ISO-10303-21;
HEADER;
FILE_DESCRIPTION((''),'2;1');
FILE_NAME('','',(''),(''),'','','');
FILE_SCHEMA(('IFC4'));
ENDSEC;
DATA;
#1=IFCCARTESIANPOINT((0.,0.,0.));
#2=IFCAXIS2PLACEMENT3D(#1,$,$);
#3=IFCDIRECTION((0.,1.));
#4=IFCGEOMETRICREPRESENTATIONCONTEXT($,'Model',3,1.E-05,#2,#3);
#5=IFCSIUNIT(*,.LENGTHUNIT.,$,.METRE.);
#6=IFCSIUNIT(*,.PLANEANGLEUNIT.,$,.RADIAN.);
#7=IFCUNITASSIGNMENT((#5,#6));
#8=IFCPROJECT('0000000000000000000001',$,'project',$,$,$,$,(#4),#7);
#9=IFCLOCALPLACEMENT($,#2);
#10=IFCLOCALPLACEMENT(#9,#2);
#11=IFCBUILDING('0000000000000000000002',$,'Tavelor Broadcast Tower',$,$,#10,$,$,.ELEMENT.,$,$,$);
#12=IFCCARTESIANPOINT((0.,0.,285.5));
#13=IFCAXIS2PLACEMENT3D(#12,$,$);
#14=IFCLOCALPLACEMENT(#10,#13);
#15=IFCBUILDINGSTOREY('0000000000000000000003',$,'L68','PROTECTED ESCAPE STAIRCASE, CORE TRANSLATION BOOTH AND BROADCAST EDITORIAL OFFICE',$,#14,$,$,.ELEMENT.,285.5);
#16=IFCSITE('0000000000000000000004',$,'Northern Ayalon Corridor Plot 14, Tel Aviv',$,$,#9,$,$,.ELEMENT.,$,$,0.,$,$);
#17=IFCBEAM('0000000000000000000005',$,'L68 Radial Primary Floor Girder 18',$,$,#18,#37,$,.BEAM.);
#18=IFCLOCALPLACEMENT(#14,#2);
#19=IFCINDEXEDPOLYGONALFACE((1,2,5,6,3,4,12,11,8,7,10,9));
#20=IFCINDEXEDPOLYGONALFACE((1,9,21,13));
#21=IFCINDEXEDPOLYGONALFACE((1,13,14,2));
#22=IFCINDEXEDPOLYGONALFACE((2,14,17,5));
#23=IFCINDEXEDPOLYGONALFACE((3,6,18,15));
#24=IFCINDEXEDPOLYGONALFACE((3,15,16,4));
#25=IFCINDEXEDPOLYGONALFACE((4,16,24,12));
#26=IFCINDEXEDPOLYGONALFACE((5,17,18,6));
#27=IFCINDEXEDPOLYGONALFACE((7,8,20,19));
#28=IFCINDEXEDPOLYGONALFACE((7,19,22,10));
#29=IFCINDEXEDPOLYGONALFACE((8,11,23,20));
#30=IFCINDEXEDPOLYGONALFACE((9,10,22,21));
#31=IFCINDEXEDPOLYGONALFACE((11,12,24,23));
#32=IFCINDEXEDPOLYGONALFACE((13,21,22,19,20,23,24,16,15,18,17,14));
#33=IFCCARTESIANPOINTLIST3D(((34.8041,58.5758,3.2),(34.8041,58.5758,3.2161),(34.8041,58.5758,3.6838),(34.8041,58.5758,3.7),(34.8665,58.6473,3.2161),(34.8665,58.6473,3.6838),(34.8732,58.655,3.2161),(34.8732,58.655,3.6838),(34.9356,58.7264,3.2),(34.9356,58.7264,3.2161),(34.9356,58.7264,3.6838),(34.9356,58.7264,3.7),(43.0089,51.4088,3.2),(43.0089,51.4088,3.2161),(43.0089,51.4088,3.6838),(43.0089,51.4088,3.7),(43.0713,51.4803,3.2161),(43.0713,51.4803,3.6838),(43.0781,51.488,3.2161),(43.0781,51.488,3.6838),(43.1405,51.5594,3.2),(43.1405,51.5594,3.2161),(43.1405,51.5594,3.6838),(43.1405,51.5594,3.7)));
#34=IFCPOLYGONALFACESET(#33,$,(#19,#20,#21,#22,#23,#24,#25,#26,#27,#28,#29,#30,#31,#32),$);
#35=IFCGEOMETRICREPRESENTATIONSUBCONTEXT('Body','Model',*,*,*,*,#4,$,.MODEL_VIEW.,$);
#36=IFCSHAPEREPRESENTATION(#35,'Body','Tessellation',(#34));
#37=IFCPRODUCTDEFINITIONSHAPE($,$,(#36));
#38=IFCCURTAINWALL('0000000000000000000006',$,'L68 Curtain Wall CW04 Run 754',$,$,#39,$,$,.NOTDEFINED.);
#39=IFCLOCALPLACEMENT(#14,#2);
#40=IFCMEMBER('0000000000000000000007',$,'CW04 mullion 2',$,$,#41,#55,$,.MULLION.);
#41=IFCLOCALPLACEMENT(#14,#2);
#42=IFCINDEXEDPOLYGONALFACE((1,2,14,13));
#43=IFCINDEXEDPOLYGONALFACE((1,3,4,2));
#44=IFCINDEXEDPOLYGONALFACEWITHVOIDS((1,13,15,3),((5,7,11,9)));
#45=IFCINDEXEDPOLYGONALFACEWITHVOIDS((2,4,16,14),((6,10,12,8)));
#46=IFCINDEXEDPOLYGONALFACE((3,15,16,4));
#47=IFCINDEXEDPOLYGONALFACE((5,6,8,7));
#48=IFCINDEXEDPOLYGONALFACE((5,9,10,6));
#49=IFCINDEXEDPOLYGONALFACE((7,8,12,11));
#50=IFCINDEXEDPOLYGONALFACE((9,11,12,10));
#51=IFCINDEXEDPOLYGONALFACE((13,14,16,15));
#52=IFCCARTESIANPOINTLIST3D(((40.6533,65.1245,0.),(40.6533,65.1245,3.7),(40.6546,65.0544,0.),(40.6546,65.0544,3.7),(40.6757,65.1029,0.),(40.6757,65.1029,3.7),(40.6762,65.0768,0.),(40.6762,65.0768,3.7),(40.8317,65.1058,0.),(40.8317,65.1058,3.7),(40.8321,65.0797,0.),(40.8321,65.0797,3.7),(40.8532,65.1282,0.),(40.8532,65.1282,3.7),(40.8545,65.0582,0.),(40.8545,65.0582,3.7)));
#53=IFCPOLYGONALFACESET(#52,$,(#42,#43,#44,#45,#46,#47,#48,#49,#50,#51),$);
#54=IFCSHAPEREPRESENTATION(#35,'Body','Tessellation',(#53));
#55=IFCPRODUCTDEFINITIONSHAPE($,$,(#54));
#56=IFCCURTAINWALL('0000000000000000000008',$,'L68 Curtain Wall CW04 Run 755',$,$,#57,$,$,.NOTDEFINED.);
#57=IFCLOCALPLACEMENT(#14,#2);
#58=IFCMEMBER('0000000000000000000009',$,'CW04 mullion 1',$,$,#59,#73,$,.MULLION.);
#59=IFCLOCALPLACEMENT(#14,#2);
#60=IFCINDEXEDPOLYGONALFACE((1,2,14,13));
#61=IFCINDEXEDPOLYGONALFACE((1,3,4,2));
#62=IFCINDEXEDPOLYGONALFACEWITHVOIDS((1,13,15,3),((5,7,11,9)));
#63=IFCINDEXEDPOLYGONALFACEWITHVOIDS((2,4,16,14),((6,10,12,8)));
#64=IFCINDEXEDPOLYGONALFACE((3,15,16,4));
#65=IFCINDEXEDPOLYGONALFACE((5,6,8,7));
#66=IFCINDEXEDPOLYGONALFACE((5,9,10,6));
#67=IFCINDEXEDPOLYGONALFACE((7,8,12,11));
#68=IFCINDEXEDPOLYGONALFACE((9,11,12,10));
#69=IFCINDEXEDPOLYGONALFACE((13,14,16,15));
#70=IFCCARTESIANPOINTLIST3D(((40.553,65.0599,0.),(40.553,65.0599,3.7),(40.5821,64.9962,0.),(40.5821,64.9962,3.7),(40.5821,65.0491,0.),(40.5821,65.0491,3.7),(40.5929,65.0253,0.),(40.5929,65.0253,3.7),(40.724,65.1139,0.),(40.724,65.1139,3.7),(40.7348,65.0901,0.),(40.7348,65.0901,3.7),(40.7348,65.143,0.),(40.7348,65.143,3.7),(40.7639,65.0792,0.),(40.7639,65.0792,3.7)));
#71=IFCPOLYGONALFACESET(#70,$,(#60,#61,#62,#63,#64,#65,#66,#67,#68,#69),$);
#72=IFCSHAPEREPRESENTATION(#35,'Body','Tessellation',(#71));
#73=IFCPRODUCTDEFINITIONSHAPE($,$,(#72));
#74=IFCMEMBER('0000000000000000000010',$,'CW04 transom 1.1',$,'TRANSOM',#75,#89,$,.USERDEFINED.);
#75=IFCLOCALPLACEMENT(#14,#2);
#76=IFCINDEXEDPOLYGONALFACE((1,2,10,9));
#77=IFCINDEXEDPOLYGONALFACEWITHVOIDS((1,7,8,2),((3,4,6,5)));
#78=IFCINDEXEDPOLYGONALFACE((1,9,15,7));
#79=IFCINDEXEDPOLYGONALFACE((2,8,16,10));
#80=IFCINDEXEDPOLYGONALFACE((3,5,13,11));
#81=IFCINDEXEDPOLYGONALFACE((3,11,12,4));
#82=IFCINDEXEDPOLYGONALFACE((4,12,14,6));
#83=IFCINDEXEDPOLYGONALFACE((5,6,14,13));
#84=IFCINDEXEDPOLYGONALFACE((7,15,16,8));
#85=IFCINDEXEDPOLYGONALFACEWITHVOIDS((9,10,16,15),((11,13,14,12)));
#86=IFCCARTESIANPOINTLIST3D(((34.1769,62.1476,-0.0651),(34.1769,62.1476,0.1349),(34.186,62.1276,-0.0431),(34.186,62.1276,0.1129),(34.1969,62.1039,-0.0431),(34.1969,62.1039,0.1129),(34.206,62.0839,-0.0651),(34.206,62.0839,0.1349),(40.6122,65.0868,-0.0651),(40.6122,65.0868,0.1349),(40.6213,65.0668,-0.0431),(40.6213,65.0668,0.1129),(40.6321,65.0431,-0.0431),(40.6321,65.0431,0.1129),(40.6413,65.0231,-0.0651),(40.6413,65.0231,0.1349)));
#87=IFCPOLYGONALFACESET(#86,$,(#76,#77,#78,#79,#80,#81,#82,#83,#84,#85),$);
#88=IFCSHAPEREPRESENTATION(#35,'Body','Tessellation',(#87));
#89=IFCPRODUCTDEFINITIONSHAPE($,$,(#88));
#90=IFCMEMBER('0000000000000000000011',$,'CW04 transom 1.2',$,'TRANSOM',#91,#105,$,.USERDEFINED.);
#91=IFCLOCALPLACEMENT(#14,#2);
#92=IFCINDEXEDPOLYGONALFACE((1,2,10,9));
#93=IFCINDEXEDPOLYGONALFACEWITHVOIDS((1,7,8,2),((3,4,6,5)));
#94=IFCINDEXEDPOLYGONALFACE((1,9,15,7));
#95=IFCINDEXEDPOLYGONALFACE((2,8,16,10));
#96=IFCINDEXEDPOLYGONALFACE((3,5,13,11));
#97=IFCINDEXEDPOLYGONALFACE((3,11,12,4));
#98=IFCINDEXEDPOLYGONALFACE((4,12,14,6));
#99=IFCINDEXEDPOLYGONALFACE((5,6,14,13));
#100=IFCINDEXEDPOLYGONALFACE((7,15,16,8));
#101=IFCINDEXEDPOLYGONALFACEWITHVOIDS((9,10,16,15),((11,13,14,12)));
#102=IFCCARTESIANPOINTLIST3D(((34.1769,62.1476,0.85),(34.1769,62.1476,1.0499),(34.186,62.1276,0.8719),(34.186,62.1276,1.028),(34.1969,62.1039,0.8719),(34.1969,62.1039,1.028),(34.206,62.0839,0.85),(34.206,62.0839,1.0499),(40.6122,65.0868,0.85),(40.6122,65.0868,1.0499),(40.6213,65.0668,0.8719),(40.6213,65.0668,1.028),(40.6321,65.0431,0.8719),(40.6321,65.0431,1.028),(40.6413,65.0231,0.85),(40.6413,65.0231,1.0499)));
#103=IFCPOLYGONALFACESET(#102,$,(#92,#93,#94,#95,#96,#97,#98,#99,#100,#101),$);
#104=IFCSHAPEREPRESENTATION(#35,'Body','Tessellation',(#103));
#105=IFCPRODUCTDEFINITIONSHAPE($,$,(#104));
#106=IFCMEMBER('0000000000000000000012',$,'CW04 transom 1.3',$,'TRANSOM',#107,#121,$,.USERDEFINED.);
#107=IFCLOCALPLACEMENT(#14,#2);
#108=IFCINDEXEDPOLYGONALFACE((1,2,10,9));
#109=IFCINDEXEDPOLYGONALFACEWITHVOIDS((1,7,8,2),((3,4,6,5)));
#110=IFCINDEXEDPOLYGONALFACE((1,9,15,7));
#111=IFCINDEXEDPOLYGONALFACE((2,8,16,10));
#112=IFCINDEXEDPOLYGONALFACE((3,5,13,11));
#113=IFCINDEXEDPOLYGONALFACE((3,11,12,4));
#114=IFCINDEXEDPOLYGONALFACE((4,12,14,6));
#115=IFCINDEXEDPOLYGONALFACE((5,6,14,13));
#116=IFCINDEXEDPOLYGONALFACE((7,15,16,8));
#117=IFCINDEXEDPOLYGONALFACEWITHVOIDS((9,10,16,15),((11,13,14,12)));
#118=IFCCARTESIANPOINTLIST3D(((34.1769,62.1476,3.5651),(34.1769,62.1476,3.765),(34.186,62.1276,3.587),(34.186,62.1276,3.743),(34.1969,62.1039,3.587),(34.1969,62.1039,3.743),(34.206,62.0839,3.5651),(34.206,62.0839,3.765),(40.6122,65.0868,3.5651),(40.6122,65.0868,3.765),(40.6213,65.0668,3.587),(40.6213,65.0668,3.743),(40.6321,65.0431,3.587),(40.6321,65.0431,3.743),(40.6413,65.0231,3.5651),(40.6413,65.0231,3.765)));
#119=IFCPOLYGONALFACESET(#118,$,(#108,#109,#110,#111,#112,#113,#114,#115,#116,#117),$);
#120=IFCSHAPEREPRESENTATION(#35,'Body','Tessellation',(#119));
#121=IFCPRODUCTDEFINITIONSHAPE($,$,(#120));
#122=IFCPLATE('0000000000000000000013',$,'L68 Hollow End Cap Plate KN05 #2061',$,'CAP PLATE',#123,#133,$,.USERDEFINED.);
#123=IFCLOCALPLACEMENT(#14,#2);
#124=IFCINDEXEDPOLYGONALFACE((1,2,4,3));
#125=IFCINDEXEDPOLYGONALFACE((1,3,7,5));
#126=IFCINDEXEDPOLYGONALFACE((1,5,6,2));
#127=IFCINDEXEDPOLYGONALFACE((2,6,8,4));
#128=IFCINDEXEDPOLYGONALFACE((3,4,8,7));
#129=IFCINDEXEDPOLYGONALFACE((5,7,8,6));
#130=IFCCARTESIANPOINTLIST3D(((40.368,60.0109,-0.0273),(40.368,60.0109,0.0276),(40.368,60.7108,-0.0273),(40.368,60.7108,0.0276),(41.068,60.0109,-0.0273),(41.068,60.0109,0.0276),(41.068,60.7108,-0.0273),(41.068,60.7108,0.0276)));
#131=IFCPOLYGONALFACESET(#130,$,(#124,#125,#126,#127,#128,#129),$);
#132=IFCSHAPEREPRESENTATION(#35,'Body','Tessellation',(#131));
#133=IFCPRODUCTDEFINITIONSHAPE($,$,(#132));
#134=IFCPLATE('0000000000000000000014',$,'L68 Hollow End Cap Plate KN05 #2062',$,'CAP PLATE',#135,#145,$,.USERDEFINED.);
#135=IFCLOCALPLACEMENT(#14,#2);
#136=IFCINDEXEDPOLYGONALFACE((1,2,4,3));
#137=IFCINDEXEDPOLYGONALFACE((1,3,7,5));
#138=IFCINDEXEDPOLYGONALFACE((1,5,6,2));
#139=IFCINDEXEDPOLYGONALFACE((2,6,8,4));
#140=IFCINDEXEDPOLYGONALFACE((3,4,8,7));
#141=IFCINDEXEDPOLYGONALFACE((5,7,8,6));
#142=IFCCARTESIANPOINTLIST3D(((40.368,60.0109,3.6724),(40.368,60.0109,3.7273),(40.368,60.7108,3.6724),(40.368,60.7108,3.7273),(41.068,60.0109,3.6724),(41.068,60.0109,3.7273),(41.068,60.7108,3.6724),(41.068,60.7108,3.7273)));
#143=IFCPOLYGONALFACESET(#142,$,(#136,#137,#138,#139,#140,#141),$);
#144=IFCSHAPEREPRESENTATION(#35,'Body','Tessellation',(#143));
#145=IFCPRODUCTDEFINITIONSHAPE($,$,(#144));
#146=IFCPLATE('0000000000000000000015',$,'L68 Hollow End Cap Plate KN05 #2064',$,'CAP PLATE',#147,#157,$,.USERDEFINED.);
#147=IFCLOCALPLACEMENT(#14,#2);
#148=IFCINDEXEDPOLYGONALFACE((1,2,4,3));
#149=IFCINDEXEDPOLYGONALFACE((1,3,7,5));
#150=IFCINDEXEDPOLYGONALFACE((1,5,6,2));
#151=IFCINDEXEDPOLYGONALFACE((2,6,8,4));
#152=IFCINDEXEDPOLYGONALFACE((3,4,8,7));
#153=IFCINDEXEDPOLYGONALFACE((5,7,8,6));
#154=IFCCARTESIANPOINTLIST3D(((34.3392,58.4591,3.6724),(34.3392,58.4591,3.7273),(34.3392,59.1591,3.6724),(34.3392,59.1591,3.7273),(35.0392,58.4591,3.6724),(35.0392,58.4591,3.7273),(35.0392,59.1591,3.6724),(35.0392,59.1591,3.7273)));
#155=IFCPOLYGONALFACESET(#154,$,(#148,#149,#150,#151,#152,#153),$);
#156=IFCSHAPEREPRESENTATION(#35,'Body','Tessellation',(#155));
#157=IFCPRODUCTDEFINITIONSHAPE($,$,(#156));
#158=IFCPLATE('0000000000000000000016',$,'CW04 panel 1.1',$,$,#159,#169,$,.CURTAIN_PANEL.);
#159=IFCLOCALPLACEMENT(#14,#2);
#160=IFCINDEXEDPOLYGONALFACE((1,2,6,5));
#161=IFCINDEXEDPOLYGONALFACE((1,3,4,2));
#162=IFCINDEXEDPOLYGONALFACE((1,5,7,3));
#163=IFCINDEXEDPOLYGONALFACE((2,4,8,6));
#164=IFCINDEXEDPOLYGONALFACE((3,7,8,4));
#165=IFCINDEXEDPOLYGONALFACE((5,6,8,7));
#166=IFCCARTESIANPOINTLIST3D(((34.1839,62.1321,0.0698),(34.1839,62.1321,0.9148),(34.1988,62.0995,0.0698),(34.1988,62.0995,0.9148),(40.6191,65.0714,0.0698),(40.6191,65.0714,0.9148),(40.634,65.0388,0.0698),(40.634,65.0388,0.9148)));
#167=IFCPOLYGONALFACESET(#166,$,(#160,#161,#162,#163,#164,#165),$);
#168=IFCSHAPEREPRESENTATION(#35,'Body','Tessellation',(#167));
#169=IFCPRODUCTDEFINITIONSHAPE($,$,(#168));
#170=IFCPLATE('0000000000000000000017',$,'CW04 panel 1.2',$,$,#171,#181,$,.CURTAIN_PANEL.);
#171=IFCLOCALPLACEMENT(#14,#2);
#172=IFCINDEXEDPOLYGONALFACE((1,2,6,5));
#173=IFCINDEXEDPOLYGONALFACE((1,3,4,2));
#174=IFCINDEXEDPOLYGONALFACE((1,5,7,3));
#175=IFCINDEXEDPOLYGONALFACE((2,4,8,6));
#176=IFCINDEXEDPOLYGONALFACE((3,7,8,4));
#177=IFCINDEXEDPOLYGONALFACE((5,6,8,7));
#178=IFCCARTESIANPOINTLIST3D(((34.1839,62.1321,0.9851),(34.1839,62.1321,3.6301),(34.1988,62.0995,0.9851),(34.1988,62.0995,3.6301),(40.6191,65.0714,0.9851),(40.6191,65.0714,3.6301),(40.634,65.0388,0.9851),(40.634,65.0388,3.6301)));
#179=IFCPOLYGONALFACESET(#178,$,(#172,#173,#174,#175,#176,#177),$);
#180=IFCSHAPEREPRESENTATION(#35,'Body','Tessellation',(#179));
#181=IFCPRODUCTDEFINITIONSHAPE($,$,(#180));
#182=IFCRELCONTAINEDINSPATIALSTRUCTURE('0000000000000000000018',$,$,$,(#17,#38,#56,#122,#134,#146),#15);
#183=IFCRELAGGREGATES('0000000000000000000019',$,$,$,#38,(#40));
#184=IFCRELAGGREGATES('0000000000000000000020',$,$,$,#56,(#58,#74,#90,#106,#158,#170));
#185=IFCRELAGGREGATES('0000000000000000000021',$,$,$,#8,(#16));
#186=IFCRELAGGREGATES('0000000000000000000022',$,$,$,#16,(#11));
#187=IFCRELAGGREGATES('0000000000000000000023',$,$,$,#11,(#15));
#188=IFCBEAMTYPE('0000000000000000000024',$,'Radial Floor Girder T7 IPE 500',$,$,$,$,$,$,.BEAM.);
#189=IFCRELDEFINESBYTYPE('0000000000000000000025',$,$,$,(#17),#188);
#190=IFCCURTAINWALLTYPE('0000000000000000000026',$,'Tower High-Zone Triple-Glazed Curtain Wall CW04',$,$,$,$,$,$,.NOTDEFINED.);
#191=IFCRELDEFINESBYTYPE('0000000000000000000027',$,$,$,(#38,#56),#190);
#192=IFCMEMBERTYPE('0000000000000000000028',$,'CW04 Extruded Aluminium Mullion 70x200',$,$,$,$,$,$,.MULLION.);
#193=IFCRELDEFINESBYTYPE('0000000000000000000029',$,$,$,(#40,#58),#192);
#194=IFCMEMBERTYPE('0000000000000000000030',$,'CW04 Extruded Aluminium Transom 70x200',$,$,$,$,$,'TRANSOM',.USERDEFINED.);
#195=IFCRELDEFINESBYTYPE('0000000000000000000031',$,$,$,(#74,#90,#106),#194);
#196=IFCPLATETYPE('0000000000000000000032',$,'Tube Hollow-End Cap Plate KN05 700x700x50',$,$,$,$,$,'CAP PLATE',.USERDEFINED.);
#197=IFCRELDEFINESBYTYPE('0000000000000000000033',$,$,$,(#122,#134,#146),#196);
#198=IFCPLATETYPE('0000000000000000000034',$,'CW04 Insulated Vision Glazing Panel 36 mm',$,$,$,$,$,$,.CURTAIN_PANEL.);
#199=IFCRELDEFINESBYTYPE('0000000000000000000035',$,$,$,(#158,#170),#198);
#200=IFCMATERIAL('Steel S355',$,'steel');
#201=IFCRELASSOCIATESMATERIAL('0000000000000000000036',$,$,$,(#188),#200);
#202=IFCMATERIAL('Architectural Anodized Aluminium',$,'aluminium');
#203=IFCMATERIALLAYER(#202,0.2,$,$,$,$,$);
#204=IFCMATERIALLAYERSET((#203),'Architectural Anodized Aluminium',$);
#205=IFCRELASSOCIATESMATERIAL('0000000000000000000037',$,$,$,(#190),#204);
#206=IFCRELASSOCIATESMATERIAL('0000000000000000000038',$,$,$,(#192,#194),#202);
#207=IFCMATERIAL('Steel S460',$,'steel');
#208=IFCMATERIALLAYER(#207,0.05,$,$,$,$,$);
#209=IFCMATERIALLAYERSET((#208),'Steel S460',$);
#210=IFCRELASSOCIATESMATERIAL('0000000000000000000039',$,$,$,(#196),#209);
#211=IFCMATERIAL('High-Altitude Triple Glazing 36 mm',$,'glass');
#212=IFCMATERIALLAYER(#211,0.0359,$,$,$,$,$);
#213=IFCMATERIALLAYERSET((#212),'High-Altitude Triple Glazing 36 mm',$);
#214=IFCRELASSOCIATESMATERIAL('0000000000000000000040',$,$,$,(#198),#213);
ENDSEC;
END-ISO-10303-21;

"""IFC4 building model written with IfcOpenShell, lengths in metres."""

from ifc_helpers import new_model, si_unit, direction, frame, origin, origin_2d, place, context, subcontext, project, spatial, rectangle, hollow_rectangle, i_section, extrude, source, transform, mapped, material, layer, layer_set, material_profile, profile_set, type_object, type_shapes, element, aggregate, save


model = new_model("IFC4")

# Units and contexts
model_context = context("Model", 3, precision=1e-05, world=origin(), true_north=direction((0.0, 1.0)))
body_context = subcontext(model_context, "Body", "Model", "MODEL_VIEW")
ifc_project = project(units=[si_unit("LENGTHUNIT", "METRE"), si_unit("PLANEANGLEUNIT", "RADIAN")], contexts=[model_context])

# Site, building, storey
site_placement = place(None, origin())
site = spatial("IfcSite", under=ifc_project, at=site_placement, Name="Northern Ayalon Corridor Plot 14, Tel Aviv", CompositionType="ELEMENT", RefElevation=0.0)
building_placement = place(site_placement, origin())
building = spatial("IfcBuilding", under=site, at=building_placement, Name="Tavelor Broadcast Tower", CompositionType="ELEMENT")
storey_placement = place(building_placement, frame((0.0, 0.0, 285.5)))
storey = spatial("IfcBuildingStorey", under=building, at=storey_placement, Name="L68", Description="PROTECTED ESCAPE STAIRCASE, CORE TRANSLATION BOOTH AND BROADCAST EDITORIAL OFFICE", CompositionType="ELEMENT", Elevation=285.5)

# Shared definitions
ifc_material_1 = material(Name="Steel S460", Category="steel")

# Beam
ifc_material_2 = material(Name="Steel S355", Category="steel")
ifc_material_profile_1 = material_profile(ifc_material_2, i_section(OverallWidth=0.2, OverallDepth=0.5, WebThickness=0.0103, FlangeThickness=0.0161, at=origin_2d()), Name="IPE 500")
ifc_profile_set_1 = profile_set([ifc_material_profile_1], Name="Steel S355")
beam_type_1 = type_object("IfcBeamType", Name="Radial Floor Girder T7 IPE 500", PredefinedType="BEAM", material=ifc_profile_set_1)
beam_1_placement = place(storey_placement, frame((43.0747, 51.4841, 3.45), z_axis=(-0.753133, 0.657868, 0.0), x_axis=(-0.657868, -0.753133, 0.0)))
element("IfcBeam", 1, at=beam_1_placement, inside=storey, type_object=beam_type_1, Name="L68 Radial Primary Floor Girder 18", PredefinedType="BEAM", context=body_context, shape_type="SweptSolid", body=[
    extrude(i_section(OverallWidth=0.2, OverallDepth=0.5, WebThickness=0.0103, FlangeThickness=0.0161, at=origin_2d()), origin(), (0.0, 0.0, 1.0), 10.8943),
])

# Curtain wall, member
ifc_material_3 = material(Name="Architectural Anodized Aluminium", Category="aluminium")
ifc_layer_1 = layer(ifc_material_3, 0.2)
ifc_layer_set_1 = layer_set([ifc_layer_1], Name="Architectural Anodized Aluminium")
curtain_wall_type = type_object("IfcCurtainWallType", Name="Tower High-Zone Triple-Glazed Curtain Wall CW04", PredefinedType="NOTDEFINED", material=ifc_layer_set_1)
curtain_wall_1_placement = place(storey_placement, origin())
curtain_wall_1 = element("IfcCurtainWall", 2, at=curtain_wall_1_placement, inside=storey, type_object=curtain_wall_type, Name="L68 Curtain Wall CW04 Run 754", PredefinedType="NOTDEFINED")
ifc_material_profile_2 = material_profile(ifc_material_3, hollow_rectangle(XDim=0.0701, YDim=0.2, WallThickness=0.022, at=origin_2d()), Name="RHS 70x200x22")
ifc_profile_set_2 = profile_set([ifc_material_profile_2], Name="Architectural Anodized Aluminium")
member_type_1 = type_object("IfcMemberType", Name="CW04 Extruded Aluminium Mullion 70x200", PredefinedType="MULLION", material=ifc_profile_set_2)
shared_shape_1 = source(origin(), body_context, "Body", "SweptSolid", [
    extrude(hollow_rectangle(XDim=0.0701, YDim=0.2, WallThickness=0.022, at=origin_2d()), origin(), (0.0, 0.0, 1.0), 3.7),
])
type_shapes(member_type_1, [shared_shape_1])
member_1_placement = place(storey_placement, frame((40.7539, 65.0913, 0.0), z_axis=(0.0, 0.0, 1.0), x_axis=(0.018758, -0.999824, 0.0)))
member_1 = element("IfcMember", 3, at=member_1_placement, type_object=member_type_1, Name="CW04 mullion 2", PredefinedType="MULLION", context=body_context, shape_type="MappedRepresentation", body=[
    mapped(shared_shape_1, transform((0.0, 0.0, 0.0), scale=1.0)),
])
aggregate(curtain_wall_1, [member_1])

# Curtain wall, members
curtain_wall_2_placement = place(storey_placement, origin())
curtain_wall_2 = element("IfcCurtainWall", 4, at=curtain_wall_2_placement, inside=storey, type_object=curtain_wall_type, Name="L68 Curtain Wall CW04 Run 755", PredefinedType="NOTDEFINED")
member_2_placement = place(storey_placement, frame((40.6584, 65.0696, 0.0), z_axis=(0.0, 0.0, 1.0), x_axis=(0.415462, -0.909611, 0.0)))
member_2 = element("IfcMember", 5, at=member_2_placement, type_object=member_type_1, Name="CW04 mullion 1", PredefinedType="MULLION", context=body_context, shape_type="MappedRepresentation", body=[
    mapped(shared_shape_1, transform((0.0, 0.0, 0.0), scale=1.0)),
])
ifc_material_profile_3 = material_profile(ifc_material_3, hollow_rectangle(XDim=0.0701, YDim=0.2, WallThickness=0.022, at=origin_2d()), Name="RHS 70x200x22")
ifc_profile_set_3 = profile_set([ifc_material_profile_3], Name="Architectural Anodized Aluminium")
member_type_2 = type_object("IfcMemberType", Name="CW04 Extruded Aluminium Transom 70x200", ElementType="TRANSOM", PredefinedType="USERDEFINED", material=ifc_profile_set_3)
shared_shape_2 = source(origin(), body_context, "Body", "SweptSolid", [
    extrude(hollow_rectangle(XDim=0.0701, YDim=0.2, WallThickness=0.022, at=origin_2d()), origin(), (0.0, 0.0, 1.0), 7.0747),
])
type_shapes(member_type_2, [shared_shape_2])
member_3_placement = place(storey_placement, frame((40.6267, 65.0549, 0.0349), z_axis=(-0.909616, -0.415451, 0.0), x_axis=(0.415451, -0.909616, 0.0)))
member_3 = element("IfcMember", 6, at=member_3_placement, type_object=member_type_2, Name="CW04 transom 1.1", ObjectType="TRANSOM", PredefinedType="USERDEFINED", context=body_context, shape_type="MappedRepresentation", body=[
    mapped(shared_shape_2, transform((0.0, 0.0, 0.0), scale=1.0)),
])
member_4_placement = place(storey_placement, frame((40.6267, 65.0549, 0.95), z_axis=(-0.909616, -0.415451, 0.0), x_axis=(0.415451, -0.909616, 0.0)))
member_4 = element("IfcMember", 7, at=member_4_placement, type_object=member_type_2, Name="CW04 transom 1.2", ObjectType="TRANSOM", PredefinedType="USERDEFINED", context=body_context, shape_type="MappedRepresentation", body=[
    mapped(shared_shape_2, transform((0.0, 0.0, 0.0), scale=1.0)),
])
member_5_placement = place(storey_placement, frame((40.6267, 65.0549, 3.665), z_axis=(-0.909616, -0.415451, 0.0), x_axis=(0.415451, -0.909616, 0.0)))
member_5 = element("IfcMember", 8, at=member_5_placement, type_object=member_type_2, Name="CW04 transom 1.3", ObjectType="TRANSOM", PredefinedType="USERDEFINED", context=body_context, shape_type="MappedRepresentation", body=[
    mapped(shared_shape_2, transform((0.0, 0.0, 0.0), scale=1.0)),
])

# Plates
ifc_layer_2 = layer(ifc_material_1, 0.05)
ifc_layer_set_2 = layer_set([ifc_layer_2], Name="Steel S460")
plate_type_1 = type_object("IfcPlateType", Name="Tube Hollow-End Cap Plate KN05 700x700x50", ElementType="CAP PLATE", PredefinedType="USERDEFINED", material=ifc_layer_set_2)
shared_shape_3 = source(origin(), body_context, "Body", "SweptSolid", [
    extrude(rectangle(XDim=0.7, YDim=0.7, at=origin_2d()), origin(), (0.0, 0.0, 1.0), 0.0549),
])
type_shapes(plate_type_1, [shared_shape_3])
for number, where, z_axis, x_axis, name in (
    (9, (40.718, 60.3608, -0.0273), (0.0, 0.0, 1.0), (1.0, 0.0, 0.0), "L68 Hollow End Cap Plate KN05 #2061"),
    (10, (40.718, 60.3608, 3.6724), (0.0, 0.0, 1.0), (1.0, 0.0, 0.0), "L68 Hollow End Cap Plate KN05 #2062"),
    (11, (34.6892, 58.8091, 3.6724), (0.0, 0.0, 1.0), (1.0, 0.0, 0.0), "L68 Hollow End Cap Plate KN05 #2064"),
):
    element("IfcPlate", number, at=place(storey_placement, frame(where, z_axis=z_axis, x_axis=x_axis)), inside=storey, type_object=plate_type_1, Name=name, ObjectType="CAP PLATE", PredefinedType="USERDEFINED", context=body_context, shape_type="MappedRepresentation", body=[
        mapped(shared_shape_3, transform((0.0, 0.0, 0.0), scale=1.0)),
    ])

# Plates
ifc_material_4 = material(Name="High-Altitude Triple Glazing 36 mm", Category="glass")
ifc_layer_3 = layer(ifc_material_4, 0.0359)
ifc_layer_set_3 = layer_set([ifc_layer_3], Name="High-Altitude Triple Glazing 36 mm")
plate_type_2 = type_object("IfcPlateType", Name="CW04 Insulated Vision Glazing Panel 36 mm", PredefinedType="CURTAIN_PANEL", material=ifc_layer_set_3)
shared_shape_4 = source(origin(), body_context, "Body", "SweptSolid", [
    extrude(rectangle(XDim=7.0747, YDim=0.0359, at=origin_2d()), origin(), (0.0, 0.0, 1.0), 0.845),
])
plate_1_placement = place(storey_placement, frame((37.4089, 63.5854, 0.0698), z_axis=(0.0, 0.0, 1.0), x_axis=(-0.909611, -0.415462, 0.0)))
plate_1 = element("IfcPlate", 12, at=plate_1_placement, type_object=plate_type_2, Name="CW04 panel 1.1", PredefinedType="CURTAIN_PANEL", context=body_context, shape_type="MappedRepresentation", body=[
    mapped(shared_shape_4, transform((0.0, 0.0, 0.0), scale=1.0)),
])
shared_shape_5 = source(origin(), body_context, "Body", "SweptSolid", [
    extrude(rectangle(XDim=7.0747, YDim=0.0359, at=origin_2d()), origin(), (0.0, 0.0, 1.0), 2.645),
])
type_shapes(plate_type_2, [shared_shape_4, shared_shape_5])
plate_2_placement = place(storey_placement, frame((37.4089, 63.5854, 0.9851), z_axis=(0.0, 0.0, 1.0), x_axis=(-0.909611, -0.415462, 0.0)))
plate_2 = element("IfcPlate", 13, at=plate_2_placement, type_object=plate_type_2, Name="CW04 panel 1.2", PredefinedType="CURTAIN_PANEL", context=body_context, shape_type="MappedRepresentation", body=[
    mapped(shared_shape_5, transform((0.0, 0.0, 0.0), scale=1.0)),
])
aggregate(curtain_wall_2, [member_2, member_3, member_4, member_5, plate_1, plate_2])

save(model, "model.ifc")
